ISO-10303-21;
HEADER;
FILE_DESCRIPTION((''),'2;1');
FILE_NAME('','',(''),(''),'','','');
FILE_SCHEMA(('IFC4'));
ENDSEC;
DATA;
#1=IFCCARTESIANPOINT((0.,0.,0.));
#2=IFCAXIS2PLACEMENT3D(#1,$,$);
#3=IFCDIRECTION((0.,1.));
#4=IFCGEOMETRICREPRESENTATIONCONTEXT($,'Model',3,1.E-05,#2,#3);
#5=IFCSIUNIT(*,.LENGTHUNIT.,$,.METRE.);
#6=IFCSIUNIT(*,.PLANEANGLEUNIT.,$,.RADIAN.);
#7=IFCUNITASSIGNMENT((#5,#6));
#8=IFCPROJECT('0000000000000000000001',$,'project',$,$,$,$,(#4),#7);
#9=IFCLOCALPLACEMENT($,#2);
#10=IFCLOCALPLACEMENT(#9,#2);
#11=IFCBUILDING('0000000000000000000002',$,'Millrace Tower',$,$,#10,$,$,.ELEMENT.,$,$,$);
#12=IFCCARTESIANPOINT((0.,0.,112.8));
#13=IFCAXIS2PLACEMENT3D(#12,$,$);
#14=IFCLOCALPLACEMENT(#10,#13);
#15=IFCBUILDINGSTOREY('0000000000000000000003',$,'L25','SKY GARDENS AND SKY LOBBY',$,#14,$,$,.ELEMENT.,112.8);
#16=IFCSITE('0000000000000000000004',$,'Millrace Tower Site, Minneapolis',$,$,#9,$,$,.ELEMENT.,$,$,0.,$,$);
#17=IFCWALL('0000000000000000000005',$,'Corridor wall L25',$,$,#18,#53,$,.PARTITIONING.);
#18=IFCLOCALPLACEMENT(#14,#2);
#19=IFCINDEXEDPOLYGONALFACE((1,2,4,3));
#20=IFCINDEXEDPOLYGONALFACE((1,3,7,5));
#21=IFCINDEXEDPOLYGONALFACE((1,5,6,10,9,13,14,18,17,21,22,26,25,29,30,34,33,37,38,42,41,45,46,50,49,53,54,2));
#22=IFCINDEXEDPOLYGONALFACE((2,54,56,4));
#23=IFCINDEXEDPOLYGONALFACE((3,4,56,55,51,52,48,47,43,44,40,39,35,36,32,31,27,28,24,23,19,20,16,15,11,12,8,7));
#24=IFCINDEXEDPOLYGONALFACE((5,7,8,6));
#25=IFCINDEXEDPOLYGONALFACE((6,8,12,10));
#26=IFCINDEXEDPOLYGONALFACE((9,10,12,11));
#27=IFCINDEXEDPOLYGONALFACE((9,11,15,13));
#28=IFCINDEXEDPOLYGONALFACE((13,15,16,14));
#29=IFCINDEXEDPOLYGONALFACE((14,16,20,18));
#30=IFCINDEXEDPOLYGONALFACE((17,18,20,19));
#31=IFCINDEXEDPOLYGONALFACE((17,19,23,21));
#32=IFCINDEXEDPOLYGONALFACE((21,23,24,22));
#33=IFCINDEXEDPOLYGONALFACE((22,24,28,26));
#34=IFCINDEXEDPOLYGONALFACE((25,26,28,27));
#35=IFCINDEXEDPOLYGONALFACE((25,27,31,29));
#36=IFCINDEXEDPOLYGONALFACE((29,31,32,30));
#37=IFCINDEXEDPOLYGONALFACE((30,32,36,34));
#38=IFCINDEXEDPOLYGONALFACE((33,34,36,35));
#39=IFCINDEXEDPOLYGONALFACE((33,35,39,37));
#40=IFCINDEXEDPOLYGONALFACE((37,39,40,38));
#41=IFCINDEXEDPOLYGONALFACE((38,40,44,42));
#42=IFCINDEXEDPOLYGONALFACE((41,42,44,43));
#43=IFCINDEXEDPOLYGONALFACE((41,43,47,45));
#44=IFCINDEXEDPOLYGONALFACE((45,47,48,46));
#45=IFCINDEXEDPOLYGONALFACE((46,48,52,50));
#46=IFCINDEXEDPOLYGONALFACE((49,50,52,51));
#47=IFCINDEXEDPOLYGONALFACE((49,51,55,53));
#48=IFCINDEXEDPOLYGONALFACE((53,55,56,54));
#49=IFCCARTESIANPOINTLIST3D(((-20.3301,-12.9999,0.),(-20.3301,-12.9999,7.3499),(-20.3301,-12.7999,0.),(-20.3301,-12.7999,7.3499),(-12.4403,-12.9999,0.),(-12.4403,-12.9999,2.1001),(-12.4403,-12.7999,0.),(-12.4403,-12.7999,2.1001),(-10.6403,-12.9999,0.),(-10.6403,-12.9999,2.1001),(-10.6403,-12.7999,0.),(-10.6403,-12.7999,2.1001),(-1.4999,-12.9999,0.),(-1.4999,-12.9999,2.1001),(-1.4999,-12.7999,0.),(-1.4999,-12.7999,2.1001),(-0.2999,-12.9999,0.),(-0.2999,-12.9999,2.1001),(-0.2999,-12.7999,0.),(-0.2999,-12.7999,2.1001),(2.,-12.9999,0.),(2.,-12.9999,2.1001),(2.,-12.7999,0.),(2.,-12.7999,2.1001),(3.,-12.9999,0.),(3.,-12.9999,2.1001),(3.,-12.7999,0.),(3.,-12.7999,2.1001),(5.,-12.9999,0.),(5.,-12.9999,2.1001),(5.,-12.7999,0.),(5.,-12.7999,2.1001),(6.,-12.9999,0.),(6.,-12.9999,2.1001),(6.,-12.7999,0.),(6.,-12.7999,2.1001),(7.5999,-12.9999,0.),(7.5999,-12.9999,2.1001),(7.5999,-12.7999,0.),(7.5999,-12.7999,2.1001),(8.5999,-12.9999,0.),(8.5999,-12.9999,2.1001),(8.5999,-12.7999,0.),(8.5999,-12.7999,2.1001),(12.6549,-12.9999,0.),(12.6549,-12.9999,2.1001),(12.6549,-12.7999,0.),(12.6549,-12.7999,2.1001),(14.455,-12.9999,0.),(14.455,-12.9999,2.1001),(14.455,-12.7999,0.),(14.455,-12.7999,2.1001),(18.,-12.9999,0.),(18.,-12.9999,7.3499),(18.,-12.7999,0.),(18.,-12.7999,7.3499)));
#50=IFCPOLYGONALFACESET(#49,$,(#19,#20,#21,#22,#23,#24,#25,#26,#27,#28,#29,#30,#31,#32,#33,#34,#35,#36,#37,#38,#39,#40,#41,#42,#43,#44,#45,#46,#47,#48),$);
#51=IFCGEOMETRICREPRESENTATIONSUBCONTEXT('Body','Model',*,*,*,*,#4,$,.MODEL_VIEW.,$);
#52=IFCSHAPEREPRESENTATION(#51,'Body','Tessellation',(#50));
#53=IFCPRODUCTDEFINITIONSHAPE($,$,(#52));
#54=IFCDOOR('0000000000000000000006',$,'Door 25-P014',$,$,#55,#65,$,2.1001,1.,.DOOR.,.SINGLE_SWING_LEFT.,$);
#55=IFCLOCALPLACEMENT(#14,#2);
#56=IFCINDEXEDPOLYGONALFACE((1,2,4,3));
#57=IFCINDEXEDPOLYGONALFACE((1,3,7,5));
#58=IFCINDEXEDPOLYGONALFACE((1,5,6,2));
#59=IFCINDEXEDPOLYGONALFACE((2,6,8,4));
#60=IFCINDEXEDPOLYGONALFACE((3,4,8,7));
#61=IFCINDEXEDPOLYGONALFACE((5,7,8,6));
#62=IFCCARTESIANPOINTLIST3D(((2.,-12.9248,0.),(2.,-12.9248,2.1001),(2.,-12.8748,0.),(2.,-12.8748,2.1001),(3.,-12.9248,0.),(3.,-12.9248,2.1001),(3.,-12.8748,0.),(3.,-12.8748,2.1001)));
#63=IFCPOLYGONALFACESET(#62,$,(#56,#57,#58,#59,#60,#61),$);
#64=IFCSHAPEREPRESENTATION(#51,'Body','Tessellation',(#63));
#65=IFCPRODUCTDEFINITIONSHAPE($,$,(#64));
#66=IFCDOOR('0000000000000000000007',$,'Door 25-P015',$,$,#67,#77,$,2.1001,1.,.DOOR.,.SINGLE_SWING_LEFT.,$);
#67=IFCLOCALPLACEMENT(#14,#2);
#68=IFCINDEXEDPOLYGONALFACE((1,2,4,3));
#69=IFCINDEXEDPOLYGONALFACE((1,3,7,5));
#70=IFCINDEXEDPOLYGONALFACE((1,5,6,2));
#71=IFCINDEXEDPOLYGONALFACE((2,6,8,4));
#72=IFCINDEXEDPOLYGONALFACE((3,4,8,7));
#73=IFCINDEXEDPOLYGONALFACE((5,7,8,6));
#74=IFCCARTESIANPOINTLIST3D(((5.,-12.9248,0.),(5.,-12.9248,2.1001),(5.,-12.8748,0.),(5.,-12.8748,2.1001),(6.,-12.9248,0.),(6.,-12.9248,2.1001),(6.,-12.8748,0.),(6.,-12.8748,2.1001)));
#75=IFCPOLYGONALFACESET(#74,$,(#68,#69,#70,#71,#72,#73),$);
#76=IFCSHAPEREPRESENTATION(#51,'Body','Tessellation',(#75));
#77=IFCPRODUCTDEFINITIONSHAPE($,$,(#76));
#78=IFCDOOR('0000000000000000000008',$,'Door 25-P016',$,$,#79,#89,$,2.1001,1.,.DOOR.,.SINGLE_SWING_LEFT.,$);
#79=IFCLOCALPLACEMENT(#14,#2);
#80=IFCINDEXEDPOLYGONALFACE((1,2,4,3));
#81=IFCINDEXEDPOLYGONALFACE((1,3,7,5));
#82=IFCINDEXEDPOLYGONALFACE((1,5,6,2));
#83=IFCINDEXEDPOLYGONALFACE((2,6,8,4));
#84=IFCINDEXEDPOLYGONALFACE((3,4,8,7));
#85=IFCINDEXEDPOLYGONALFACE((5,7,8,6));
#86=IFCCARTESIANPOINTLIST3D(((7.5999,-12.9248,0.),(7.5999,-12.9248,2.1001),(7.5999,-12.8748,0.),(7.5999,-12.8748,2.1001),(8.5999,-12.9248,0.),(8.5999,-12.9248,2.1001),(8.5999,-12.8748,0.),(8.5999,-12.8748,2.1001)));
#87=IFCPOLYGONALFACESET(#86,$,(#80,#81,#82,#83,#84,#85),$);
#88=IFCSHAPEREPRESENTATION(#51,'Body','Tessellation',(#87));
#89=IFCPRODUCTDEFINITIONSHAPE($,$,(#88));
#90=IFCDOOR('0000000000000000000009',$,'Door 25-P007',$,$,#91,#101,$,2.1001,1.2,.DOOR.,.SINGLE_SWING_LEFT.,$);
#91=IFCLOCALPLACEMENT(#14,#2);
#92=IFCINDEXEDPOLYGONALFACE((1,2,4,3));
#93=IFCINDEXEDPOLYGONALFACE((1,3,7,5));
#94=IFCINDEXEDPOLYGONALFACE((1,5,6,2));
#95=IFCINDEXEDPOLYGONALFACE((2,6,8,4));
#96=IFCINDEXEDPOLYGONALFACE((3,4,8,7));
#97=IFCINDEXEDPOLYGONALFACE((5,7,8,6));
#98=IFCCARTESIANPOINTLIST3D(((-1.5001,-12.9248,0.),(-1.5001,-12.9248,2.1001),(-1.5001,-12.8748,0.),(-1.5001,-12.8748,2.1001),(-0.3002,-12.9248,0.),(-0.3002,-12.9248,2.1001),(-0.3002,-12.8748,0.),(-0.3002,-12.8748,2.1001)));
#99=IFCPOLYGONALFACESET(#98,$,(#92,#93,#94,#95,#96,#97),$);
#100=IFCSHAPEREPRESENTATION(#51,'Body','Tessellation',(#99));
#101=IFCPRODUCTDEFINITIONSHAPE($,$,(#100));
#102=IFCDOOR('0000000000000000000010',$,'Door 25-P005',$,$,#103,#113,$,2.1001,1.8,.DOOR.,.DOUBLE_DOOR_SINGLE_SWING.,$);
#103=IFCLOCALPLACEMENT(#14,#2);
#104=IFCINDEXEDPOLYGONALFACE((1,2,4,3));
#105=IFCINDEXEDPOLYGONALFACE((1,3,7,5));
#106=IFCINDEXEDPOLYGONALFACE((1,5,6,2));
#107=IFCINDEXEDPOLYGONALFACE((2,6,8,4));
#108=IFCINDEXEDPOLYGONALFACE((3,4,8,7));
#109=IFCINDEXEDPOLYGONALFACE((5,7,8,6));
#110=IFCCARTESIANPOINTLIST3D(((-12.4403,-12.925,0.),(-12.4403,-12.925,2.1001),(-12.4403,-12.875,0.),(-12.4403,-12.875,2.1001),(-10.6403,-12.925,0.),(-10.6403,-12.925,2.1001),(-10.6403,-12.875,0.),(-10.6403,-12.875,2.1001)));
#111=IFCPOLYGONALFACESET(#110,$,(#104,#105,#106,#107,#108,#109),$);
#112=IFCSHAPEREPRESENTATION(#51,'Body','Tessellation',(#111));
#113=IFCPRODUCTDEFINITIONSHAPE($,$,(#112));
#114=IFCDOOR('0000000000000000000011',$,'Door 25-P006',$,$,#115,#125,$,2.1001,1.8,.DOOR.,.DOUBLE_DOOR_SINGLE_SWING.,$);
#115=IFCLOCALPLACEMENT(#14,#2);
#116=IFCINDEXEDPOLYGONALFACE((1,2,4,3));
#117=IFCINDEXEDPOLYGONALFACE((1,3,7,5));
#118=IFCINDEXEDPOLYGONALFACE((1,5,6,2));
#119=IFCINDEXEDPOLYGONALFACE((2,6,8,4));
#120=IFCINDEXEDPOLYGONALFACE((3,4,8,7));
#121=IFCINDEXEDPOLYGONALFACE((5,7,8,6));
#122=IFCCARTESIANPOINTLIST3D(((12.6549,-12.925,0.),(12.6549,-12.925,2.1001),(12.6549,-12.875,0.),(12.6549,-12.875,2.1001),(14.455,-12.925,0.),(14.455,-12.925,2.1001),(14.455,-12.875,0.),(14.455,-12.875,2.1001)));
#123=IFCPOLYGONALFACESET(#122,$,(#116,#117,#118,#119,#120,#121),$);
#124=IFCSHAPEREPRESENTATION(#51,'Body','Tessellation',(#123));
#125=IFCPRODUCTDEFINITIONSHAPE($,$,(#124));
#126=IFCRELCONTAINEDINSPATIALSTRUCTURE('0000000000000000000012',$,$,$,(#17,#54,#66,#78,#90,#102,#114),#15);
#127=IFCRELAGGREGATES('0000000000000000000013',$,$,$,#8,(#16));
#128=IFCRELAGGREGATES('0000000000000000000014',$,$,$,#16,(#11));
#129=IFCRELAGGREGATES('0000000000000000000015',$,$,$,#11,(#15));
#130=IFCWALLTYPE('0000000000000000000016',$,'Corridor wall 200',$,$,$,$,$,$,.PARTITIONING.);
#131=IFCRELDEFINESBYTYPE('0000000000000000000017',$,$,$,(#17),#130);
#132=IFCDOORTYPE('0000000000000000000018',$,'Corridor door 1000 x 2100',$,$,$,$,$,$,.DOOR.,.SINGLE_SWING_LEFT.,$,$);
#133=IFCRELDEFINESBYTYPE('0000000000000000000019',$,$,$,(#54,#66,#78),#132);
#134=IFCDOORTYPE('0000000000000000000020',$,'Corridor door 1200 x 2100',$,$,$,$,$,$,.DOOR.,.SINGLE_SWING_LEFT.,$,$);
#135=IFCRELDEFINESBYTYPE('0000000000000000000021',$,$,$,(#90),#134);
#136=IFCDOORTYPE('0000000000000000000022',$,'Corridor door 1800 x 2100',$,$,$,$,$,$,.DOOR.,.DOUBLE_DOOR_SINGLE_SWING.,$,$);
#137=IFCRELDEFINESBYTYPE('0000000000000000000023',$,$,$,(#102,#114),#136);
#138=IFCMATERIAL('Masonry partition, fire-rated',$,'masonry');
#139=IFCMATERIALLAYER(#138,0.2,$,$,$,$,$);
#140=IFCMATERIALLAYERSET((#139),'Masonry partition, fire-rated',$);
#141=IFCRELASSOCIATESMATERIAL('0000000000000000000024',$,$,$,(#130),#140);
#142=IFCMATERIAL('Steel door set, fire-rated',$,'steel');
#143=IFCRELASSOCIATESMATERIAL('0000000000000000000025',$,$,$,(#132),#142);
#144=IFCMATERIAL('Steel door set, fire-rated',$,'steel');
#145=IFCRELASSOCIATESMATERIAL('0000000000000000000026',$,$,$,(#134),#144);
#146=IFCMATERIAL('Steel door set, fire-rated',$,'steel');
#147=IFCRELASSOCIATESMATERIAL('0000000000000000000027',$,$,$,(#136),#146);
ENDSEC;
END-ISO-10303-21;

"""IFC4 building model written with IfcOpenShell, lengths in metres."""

from ifc_helpers import new_model, si_unit, direction, frame, frame_2d, origin, place, context, subcontext, project, spatial, rectangle, extrude, material, layer, layer_set, type_object, element, fill, save


model = new_model("IFC4")

# Units and contexts
model_context = context("Model", 3, precision=1e-05, world=origin(), true_north=direction((0.0, 1.0)))
body_context = subcontext(model_context, "Body", "Model", "MODEL_VIEW")
ifc_project = project(units=[si_unit("LENGTHUNIT", "METRE"), si_unit("PLANEANGLEUNIT", "RADIAN")], contexts=[model_context])

# Site, building, storey
site_placement = place(None, origin())
site = spatial("IfcSite", under=ifc_project, at=site_placement, Name="Millrace Tower Site, Minneapolis", CompositionType="ELEMENT", RefElevation=0.0)
building_placement = place(site_placement, origin())
building = spatial("IfcBuilding", under=site, at=building_placement, Name="Millrace Tower", CompositionType="ELEMENT")
storey_placement = place(building_placement, frame((0.0, 0.0, 112.8)))
storey = spatial("IfcBuildingStorey", under=building, at=storey_placement, Name="L25", Description="SKY GARDENS AND SKY LOBBY", CompositionType="ELEMENT", Elevation=112.8)

# Wall, openings, doors
ifc_material_1 = material(Name="Masonry partition, fire-rated", Category="masonry")
ifc_layer_1 = layer(ifc_material_1, 0.2)
ifc_layer_set_1 = layer_set([ifc_layer_1], Name="Masonry partition, fire-rated")
wall_type = type_object("IfcWallType", Name="Corridor wall 200", PredefinedType="PARTITIONING", material=ifc_layer_set_1)
wall_placement = place(storey_placement, frame((-20.3301, -12.8999, 0.0), z_axis=(0.0, 0.0, 1.0), x_axis=(1.0, 0.0, 0.0)))
wall = element("IfcWall", 1, at=wall_placement, inside=storey, type_object=wall_type, Name="Corridor wall L25", PredefinedType="PARTITIONING", context=body_context, shape_type="SweptSolid", body=[
    extrude(rectangle(XDim=38.3301, YDim=0.2, at=frame_2d((19.165, 0.0))), origin(), (0.0, 0.0, 1.0), 7.3499),
])
opening_1_placement = place(wall_placement, frame((7.8899, 0.0, 0.0)))
opening_1 = element("IfcOpeningElement", 2, at=opening_1_placement, cuts=wall, PredefinedType="OPENING", context=body_context, shape_type="SweptSolid", body=[
    extrude(rectangle(XDim=1.8, YDim=2.1001, at=frame_2d((0.8999, 1.05))), frame((0.0, 0.1099, 0.0), z_axis=(0.0, -1.0, 0.0), x_axis=(1.0, 0.0, 0.0)), (0.0, 0.0, 1.0), 0.22),
])
opening_2_placement = place(wall_placement, frame((32.9851, 0.0, 0.0)))
opening_2 = element("IfcOpeningElement", 3, at=opening_2_placement, cuts=wall, PredefinedType="OPENING", context=body_context, shape_type="SweptSolid", body=[
    extrude(rectangle(XDim=1.8, YDim=2.1001, at=frame_2d((0.8999, 1.05))), frame((0.0, 0.1099, 0.0), z_axis=(0.0, -1.0, 0.0), x_axis=(1.0, 0.0, 0.0)), (0.0, 0.0, 1.0), 0.22),
])
opening_3_placement = place(wall_placement, frame((18.8301, 0.0, 0.0)))
opening_3 = element("IfcOpeningElement", 4, at=opening_3_placement, cuts=wall, PredefinedType="OPENING", context=body_context, shape_type="SweptSolid", body=[
    extrude(rectangle(XDim=1.2, YDim=2.1001, at=frame_2d((0.6001, 1.05))), frame((0.0, 0.1099, 0.0), z_axis=(0.0, -1.0, 0.0), x_axis=(1.0, 0.0, 0.0)), (0.0, 0.0, 1.0), 0.22),
])
opening_4_placement = place(wall_placement, frame((22.3301, 0.0, 0.0)))
opening_4 = element("IfcOpeningElement", 5, at=opening_4_placement, cuts=wall, PredefinedType="OPENING", context=body_context, shape_type="SweptSolid", body=[
    extrude(rectangle(XDim=1.0, YDim=2.1001, at=frame_2d((0.5, 1.05))), frame((0.0, 0.1099, 0.0), z_axis=(0.0, -1.0, 0.0), x_axis=(1.0, 0.0, 0.0)), (0.0, 0.0, 1.0), 0.22),
])
opening_5_placement = place(wall_placement, frame((25.3301, 0.0, 0.0)))
opening_5 = element("IfcOpeningElement", 6, at=opening_5_placement, cuts=wall, PredefinedType="OPENING", context=body_context, shape_type="SweptSolid", body=[
    extrude(rectangle(XDim=1.0, YDim=2.1001, at=frame_2d((0.5, 1.05))), frame((0.0, 0.1099, 0.0), z_axis=(0.0, -1.0, 0.0), x_axis=(1.0, 0.0, 0.0)), (0.0, 0.0, 1.0), 0.22),
])
opening_6_placement = place(wall_placement, frame((27.9299, 0.0, 0.0)))
opening_6 = element("IfcOpeningElement", 7, at=opening_6_placement, cuts=wall, PredefinedType="OPENING", context=body_context, shape_type="SweptSolid", body=[
    extrude(rectangle(XDim=1.0, YDim=2.1001, at=frame_2d((0.5, 1.05))), frame((0.0, 0.1099, 0.0), z_axis=(0.0, -1.0, 0.0), x_axis=(1.0, 0.0, 0.0)), (0.0, 0.0, 1.0), 0.22),
])
ifc_material_2 = material(Name="Steel door set, fire-rated", Category="steel")
door_type_1 = type_object("IfcDoorType", Name="Corridor door 1000 x 2100", OperationType="SINGLE_SWING_LEFT", PredefinedType="DOOR", material=ifc_material_2)
door_1_placement = place(opening_4_placement, frame((1.0, 0.0, 0.0), z_axis=(0.0, 0.0, 1.0), x_axis=(-1.0, 0.0, 0.0)))
door_1 = element("IfcDoor", 8, at=door_1_placement, inside=storey, type_object=door_type_1, Name="Door 25-P014", OperationType="SINGLE_SWING_LEFT", OverallHeight=2.1001, OverallWidth=1.0, PredefinedType="DOOR", context=body_context, shape_type="SweptSolid", body=[
    extrude(rectangle(XDim=1.0, YDim=2.1001, at=frame_2d((0.5, 1.05))), frame((0.0, 0.0249, 0.0), z_axis=(0.0, -1.0, 0.0), x_axis=(1.0, 0.0, 0.0)), (0.0, 0.0, 1.0), 0.05),
])
fill(opening_4, door_1)
door_2_placement = place(opening_5_placement, frame((1.0, 0.0, 0.0), z_axis=(0.0, 0.0, 1.0), x_axis=(-1.0, 0.0, 0.0)))
door_2 = element("IfcDoor", 9, at=door_2_placement, inside=storey, type_object=door_type_1, Name="Door 25-P015", OperationType="SINGLE_SWING_LEFT", OverallHeight=2.1001, OverallWidth=1.0, PredefinedType="DOOR", context=body_context, shape_type="SweptSolid", body=[
    extrude(rectangle(XDim=1.0, YDim=2.1001, at=frame_2d((0.5, 1.05))), frame((0.0, 0.0249, 0.0), z_axis=(0.0, -1.0, 0.0), x_axis=(1.0, 0.0, 0.0)), (0.0, 0.0, 1.0), 0.05),
])
fill(opening_5, door_2)
door_3_placement = place(opening_6_placement, frame((1.0, 0.0, 0.0), z_axis=(0.0, 0.0, 1.0), x_axis=(-1.0, 0.0, 0.0)))
door_3 = element("IfcDoor", 10, at=door_3_placement, inside=storey, type_object=door_type_1, Name="Door 25-P016", OperationType="SINGLE_SWING_LEFT", OverallHeight=2.1001, OverallWidth=1.0, PredefinedType="DOOR", context=body_context, shape_type="SweptSolid", body=[
    extrude(rectangle(XDim=1.0, YDim=2.1001, at=frame_2d((0.5, 1.05))), frame((0.0, 0.0249, 0.0), z_axis=(0.0, -1.0, 0.0), x_axis=(1.0, 0.0, 0.0)), (0.0, 0.0, 1.0), 0.05),
])
fill(opening_6, door_3)
ifc_material_3 = material(Name="Steel door set, fire-rated", Category="steel")
door_type_2 = type_object("IfcDoorType", Name="Corridor door 1200 x 2100", OperationType="SINGLE_SWING_LEFT", PredefinedType="DOOR", material=ifc_material_3)
door_4_placement = place(opening_3_placement, frame((1.2, 0.0, 0.0), z_axis=(0.0, 0.0, 1.0), x_axis=(-1.0, 0.0, 0.0)))
door_4 = element("IfcDoor", 11, at=door_4_placement, inside=storey, type_object=door_type_2, Name="Door 25-P007", OperationType="SINGLE_SWING_LEFT", OverallHeight=2.1001, OverallWidth=1.2, PredefinedType="DOOR", context=body_context, shape_type="SweptSolid", body=[
    extrude(rectangle(XDim=1.2, YDim=2.1001, at=frame_2d((0.6001, 1.05))), frame((0.0, 0.0249, 0.0), z_axis=(0.0, -1.0, 0.0), x_axis=(1.0, 0.0, 0.0)), (0.0, 0.0, 1.0), 0.05),
])
fill(opening_3, door_4)
ifc_material_4 = material(Name="Steel door set, fire-rated", Category="steel")
door_type_3 = type_object("IfcDoorType", Name="Corridor door 1800 x 2100", OperationType="DOUBLE_DOOR_SINGLE_SWING", PredefinedType="DOOR", material=ifc_material_4)
door_5_placement = place(opening_1_placement, origin())
door_5 = element("IfcDoor", 12, at=door_5_placement, inside=storey, type_object=door_type_3, Name="Door 25-P005", OperationType="DOUBLE_DOOR_SINGLE_SWING", OverallHeight=2.1001, OverallWidth=1.8, PredefinedType="DOOR", context=body_context, shape_type="SweptSolid", body=[
    extrude(rectangle(XDim=1.8, YDim=2.1001, at=frame_2d((0.8999, 1.05))), frame((0.0, 0.0249, 0.0), z_axis=(0.0, -1.0, 0.0), x_axis=(1.0, 0.0, 0.0)), (0.0, 0.0, 1.0), 0.05),
])
fill(opening_1, door_5)
door_6_placement = place(opening_2_placement, origin())
door_6 = element("IfcDoor", 13, at=door_6_placement, inside=storey, type_object=door_type_3, Name="Door 25-P006", OperationType="DOUBLE_DOOR_SINGLE_SWING", OverallHeight=2.1001, OverallWidth=1.8, PredefinedType="DOOR", context=body_context, shape_type="SweptSolid", body=[
    extrude(rectangle(XDim=1.8, YDim=2.1001, at=frame_2d((0.8999, 1.05))), frame((0.0, 0.0249, 0.0), z_axis=(0.0, -1.0, 0.0), x_axis=(1.0, 0.0, 0.0)), (0.0, 0.0, 1.0), 0.05),
])
fill(opening_2, door_6)

save(model, "model.ifc")
